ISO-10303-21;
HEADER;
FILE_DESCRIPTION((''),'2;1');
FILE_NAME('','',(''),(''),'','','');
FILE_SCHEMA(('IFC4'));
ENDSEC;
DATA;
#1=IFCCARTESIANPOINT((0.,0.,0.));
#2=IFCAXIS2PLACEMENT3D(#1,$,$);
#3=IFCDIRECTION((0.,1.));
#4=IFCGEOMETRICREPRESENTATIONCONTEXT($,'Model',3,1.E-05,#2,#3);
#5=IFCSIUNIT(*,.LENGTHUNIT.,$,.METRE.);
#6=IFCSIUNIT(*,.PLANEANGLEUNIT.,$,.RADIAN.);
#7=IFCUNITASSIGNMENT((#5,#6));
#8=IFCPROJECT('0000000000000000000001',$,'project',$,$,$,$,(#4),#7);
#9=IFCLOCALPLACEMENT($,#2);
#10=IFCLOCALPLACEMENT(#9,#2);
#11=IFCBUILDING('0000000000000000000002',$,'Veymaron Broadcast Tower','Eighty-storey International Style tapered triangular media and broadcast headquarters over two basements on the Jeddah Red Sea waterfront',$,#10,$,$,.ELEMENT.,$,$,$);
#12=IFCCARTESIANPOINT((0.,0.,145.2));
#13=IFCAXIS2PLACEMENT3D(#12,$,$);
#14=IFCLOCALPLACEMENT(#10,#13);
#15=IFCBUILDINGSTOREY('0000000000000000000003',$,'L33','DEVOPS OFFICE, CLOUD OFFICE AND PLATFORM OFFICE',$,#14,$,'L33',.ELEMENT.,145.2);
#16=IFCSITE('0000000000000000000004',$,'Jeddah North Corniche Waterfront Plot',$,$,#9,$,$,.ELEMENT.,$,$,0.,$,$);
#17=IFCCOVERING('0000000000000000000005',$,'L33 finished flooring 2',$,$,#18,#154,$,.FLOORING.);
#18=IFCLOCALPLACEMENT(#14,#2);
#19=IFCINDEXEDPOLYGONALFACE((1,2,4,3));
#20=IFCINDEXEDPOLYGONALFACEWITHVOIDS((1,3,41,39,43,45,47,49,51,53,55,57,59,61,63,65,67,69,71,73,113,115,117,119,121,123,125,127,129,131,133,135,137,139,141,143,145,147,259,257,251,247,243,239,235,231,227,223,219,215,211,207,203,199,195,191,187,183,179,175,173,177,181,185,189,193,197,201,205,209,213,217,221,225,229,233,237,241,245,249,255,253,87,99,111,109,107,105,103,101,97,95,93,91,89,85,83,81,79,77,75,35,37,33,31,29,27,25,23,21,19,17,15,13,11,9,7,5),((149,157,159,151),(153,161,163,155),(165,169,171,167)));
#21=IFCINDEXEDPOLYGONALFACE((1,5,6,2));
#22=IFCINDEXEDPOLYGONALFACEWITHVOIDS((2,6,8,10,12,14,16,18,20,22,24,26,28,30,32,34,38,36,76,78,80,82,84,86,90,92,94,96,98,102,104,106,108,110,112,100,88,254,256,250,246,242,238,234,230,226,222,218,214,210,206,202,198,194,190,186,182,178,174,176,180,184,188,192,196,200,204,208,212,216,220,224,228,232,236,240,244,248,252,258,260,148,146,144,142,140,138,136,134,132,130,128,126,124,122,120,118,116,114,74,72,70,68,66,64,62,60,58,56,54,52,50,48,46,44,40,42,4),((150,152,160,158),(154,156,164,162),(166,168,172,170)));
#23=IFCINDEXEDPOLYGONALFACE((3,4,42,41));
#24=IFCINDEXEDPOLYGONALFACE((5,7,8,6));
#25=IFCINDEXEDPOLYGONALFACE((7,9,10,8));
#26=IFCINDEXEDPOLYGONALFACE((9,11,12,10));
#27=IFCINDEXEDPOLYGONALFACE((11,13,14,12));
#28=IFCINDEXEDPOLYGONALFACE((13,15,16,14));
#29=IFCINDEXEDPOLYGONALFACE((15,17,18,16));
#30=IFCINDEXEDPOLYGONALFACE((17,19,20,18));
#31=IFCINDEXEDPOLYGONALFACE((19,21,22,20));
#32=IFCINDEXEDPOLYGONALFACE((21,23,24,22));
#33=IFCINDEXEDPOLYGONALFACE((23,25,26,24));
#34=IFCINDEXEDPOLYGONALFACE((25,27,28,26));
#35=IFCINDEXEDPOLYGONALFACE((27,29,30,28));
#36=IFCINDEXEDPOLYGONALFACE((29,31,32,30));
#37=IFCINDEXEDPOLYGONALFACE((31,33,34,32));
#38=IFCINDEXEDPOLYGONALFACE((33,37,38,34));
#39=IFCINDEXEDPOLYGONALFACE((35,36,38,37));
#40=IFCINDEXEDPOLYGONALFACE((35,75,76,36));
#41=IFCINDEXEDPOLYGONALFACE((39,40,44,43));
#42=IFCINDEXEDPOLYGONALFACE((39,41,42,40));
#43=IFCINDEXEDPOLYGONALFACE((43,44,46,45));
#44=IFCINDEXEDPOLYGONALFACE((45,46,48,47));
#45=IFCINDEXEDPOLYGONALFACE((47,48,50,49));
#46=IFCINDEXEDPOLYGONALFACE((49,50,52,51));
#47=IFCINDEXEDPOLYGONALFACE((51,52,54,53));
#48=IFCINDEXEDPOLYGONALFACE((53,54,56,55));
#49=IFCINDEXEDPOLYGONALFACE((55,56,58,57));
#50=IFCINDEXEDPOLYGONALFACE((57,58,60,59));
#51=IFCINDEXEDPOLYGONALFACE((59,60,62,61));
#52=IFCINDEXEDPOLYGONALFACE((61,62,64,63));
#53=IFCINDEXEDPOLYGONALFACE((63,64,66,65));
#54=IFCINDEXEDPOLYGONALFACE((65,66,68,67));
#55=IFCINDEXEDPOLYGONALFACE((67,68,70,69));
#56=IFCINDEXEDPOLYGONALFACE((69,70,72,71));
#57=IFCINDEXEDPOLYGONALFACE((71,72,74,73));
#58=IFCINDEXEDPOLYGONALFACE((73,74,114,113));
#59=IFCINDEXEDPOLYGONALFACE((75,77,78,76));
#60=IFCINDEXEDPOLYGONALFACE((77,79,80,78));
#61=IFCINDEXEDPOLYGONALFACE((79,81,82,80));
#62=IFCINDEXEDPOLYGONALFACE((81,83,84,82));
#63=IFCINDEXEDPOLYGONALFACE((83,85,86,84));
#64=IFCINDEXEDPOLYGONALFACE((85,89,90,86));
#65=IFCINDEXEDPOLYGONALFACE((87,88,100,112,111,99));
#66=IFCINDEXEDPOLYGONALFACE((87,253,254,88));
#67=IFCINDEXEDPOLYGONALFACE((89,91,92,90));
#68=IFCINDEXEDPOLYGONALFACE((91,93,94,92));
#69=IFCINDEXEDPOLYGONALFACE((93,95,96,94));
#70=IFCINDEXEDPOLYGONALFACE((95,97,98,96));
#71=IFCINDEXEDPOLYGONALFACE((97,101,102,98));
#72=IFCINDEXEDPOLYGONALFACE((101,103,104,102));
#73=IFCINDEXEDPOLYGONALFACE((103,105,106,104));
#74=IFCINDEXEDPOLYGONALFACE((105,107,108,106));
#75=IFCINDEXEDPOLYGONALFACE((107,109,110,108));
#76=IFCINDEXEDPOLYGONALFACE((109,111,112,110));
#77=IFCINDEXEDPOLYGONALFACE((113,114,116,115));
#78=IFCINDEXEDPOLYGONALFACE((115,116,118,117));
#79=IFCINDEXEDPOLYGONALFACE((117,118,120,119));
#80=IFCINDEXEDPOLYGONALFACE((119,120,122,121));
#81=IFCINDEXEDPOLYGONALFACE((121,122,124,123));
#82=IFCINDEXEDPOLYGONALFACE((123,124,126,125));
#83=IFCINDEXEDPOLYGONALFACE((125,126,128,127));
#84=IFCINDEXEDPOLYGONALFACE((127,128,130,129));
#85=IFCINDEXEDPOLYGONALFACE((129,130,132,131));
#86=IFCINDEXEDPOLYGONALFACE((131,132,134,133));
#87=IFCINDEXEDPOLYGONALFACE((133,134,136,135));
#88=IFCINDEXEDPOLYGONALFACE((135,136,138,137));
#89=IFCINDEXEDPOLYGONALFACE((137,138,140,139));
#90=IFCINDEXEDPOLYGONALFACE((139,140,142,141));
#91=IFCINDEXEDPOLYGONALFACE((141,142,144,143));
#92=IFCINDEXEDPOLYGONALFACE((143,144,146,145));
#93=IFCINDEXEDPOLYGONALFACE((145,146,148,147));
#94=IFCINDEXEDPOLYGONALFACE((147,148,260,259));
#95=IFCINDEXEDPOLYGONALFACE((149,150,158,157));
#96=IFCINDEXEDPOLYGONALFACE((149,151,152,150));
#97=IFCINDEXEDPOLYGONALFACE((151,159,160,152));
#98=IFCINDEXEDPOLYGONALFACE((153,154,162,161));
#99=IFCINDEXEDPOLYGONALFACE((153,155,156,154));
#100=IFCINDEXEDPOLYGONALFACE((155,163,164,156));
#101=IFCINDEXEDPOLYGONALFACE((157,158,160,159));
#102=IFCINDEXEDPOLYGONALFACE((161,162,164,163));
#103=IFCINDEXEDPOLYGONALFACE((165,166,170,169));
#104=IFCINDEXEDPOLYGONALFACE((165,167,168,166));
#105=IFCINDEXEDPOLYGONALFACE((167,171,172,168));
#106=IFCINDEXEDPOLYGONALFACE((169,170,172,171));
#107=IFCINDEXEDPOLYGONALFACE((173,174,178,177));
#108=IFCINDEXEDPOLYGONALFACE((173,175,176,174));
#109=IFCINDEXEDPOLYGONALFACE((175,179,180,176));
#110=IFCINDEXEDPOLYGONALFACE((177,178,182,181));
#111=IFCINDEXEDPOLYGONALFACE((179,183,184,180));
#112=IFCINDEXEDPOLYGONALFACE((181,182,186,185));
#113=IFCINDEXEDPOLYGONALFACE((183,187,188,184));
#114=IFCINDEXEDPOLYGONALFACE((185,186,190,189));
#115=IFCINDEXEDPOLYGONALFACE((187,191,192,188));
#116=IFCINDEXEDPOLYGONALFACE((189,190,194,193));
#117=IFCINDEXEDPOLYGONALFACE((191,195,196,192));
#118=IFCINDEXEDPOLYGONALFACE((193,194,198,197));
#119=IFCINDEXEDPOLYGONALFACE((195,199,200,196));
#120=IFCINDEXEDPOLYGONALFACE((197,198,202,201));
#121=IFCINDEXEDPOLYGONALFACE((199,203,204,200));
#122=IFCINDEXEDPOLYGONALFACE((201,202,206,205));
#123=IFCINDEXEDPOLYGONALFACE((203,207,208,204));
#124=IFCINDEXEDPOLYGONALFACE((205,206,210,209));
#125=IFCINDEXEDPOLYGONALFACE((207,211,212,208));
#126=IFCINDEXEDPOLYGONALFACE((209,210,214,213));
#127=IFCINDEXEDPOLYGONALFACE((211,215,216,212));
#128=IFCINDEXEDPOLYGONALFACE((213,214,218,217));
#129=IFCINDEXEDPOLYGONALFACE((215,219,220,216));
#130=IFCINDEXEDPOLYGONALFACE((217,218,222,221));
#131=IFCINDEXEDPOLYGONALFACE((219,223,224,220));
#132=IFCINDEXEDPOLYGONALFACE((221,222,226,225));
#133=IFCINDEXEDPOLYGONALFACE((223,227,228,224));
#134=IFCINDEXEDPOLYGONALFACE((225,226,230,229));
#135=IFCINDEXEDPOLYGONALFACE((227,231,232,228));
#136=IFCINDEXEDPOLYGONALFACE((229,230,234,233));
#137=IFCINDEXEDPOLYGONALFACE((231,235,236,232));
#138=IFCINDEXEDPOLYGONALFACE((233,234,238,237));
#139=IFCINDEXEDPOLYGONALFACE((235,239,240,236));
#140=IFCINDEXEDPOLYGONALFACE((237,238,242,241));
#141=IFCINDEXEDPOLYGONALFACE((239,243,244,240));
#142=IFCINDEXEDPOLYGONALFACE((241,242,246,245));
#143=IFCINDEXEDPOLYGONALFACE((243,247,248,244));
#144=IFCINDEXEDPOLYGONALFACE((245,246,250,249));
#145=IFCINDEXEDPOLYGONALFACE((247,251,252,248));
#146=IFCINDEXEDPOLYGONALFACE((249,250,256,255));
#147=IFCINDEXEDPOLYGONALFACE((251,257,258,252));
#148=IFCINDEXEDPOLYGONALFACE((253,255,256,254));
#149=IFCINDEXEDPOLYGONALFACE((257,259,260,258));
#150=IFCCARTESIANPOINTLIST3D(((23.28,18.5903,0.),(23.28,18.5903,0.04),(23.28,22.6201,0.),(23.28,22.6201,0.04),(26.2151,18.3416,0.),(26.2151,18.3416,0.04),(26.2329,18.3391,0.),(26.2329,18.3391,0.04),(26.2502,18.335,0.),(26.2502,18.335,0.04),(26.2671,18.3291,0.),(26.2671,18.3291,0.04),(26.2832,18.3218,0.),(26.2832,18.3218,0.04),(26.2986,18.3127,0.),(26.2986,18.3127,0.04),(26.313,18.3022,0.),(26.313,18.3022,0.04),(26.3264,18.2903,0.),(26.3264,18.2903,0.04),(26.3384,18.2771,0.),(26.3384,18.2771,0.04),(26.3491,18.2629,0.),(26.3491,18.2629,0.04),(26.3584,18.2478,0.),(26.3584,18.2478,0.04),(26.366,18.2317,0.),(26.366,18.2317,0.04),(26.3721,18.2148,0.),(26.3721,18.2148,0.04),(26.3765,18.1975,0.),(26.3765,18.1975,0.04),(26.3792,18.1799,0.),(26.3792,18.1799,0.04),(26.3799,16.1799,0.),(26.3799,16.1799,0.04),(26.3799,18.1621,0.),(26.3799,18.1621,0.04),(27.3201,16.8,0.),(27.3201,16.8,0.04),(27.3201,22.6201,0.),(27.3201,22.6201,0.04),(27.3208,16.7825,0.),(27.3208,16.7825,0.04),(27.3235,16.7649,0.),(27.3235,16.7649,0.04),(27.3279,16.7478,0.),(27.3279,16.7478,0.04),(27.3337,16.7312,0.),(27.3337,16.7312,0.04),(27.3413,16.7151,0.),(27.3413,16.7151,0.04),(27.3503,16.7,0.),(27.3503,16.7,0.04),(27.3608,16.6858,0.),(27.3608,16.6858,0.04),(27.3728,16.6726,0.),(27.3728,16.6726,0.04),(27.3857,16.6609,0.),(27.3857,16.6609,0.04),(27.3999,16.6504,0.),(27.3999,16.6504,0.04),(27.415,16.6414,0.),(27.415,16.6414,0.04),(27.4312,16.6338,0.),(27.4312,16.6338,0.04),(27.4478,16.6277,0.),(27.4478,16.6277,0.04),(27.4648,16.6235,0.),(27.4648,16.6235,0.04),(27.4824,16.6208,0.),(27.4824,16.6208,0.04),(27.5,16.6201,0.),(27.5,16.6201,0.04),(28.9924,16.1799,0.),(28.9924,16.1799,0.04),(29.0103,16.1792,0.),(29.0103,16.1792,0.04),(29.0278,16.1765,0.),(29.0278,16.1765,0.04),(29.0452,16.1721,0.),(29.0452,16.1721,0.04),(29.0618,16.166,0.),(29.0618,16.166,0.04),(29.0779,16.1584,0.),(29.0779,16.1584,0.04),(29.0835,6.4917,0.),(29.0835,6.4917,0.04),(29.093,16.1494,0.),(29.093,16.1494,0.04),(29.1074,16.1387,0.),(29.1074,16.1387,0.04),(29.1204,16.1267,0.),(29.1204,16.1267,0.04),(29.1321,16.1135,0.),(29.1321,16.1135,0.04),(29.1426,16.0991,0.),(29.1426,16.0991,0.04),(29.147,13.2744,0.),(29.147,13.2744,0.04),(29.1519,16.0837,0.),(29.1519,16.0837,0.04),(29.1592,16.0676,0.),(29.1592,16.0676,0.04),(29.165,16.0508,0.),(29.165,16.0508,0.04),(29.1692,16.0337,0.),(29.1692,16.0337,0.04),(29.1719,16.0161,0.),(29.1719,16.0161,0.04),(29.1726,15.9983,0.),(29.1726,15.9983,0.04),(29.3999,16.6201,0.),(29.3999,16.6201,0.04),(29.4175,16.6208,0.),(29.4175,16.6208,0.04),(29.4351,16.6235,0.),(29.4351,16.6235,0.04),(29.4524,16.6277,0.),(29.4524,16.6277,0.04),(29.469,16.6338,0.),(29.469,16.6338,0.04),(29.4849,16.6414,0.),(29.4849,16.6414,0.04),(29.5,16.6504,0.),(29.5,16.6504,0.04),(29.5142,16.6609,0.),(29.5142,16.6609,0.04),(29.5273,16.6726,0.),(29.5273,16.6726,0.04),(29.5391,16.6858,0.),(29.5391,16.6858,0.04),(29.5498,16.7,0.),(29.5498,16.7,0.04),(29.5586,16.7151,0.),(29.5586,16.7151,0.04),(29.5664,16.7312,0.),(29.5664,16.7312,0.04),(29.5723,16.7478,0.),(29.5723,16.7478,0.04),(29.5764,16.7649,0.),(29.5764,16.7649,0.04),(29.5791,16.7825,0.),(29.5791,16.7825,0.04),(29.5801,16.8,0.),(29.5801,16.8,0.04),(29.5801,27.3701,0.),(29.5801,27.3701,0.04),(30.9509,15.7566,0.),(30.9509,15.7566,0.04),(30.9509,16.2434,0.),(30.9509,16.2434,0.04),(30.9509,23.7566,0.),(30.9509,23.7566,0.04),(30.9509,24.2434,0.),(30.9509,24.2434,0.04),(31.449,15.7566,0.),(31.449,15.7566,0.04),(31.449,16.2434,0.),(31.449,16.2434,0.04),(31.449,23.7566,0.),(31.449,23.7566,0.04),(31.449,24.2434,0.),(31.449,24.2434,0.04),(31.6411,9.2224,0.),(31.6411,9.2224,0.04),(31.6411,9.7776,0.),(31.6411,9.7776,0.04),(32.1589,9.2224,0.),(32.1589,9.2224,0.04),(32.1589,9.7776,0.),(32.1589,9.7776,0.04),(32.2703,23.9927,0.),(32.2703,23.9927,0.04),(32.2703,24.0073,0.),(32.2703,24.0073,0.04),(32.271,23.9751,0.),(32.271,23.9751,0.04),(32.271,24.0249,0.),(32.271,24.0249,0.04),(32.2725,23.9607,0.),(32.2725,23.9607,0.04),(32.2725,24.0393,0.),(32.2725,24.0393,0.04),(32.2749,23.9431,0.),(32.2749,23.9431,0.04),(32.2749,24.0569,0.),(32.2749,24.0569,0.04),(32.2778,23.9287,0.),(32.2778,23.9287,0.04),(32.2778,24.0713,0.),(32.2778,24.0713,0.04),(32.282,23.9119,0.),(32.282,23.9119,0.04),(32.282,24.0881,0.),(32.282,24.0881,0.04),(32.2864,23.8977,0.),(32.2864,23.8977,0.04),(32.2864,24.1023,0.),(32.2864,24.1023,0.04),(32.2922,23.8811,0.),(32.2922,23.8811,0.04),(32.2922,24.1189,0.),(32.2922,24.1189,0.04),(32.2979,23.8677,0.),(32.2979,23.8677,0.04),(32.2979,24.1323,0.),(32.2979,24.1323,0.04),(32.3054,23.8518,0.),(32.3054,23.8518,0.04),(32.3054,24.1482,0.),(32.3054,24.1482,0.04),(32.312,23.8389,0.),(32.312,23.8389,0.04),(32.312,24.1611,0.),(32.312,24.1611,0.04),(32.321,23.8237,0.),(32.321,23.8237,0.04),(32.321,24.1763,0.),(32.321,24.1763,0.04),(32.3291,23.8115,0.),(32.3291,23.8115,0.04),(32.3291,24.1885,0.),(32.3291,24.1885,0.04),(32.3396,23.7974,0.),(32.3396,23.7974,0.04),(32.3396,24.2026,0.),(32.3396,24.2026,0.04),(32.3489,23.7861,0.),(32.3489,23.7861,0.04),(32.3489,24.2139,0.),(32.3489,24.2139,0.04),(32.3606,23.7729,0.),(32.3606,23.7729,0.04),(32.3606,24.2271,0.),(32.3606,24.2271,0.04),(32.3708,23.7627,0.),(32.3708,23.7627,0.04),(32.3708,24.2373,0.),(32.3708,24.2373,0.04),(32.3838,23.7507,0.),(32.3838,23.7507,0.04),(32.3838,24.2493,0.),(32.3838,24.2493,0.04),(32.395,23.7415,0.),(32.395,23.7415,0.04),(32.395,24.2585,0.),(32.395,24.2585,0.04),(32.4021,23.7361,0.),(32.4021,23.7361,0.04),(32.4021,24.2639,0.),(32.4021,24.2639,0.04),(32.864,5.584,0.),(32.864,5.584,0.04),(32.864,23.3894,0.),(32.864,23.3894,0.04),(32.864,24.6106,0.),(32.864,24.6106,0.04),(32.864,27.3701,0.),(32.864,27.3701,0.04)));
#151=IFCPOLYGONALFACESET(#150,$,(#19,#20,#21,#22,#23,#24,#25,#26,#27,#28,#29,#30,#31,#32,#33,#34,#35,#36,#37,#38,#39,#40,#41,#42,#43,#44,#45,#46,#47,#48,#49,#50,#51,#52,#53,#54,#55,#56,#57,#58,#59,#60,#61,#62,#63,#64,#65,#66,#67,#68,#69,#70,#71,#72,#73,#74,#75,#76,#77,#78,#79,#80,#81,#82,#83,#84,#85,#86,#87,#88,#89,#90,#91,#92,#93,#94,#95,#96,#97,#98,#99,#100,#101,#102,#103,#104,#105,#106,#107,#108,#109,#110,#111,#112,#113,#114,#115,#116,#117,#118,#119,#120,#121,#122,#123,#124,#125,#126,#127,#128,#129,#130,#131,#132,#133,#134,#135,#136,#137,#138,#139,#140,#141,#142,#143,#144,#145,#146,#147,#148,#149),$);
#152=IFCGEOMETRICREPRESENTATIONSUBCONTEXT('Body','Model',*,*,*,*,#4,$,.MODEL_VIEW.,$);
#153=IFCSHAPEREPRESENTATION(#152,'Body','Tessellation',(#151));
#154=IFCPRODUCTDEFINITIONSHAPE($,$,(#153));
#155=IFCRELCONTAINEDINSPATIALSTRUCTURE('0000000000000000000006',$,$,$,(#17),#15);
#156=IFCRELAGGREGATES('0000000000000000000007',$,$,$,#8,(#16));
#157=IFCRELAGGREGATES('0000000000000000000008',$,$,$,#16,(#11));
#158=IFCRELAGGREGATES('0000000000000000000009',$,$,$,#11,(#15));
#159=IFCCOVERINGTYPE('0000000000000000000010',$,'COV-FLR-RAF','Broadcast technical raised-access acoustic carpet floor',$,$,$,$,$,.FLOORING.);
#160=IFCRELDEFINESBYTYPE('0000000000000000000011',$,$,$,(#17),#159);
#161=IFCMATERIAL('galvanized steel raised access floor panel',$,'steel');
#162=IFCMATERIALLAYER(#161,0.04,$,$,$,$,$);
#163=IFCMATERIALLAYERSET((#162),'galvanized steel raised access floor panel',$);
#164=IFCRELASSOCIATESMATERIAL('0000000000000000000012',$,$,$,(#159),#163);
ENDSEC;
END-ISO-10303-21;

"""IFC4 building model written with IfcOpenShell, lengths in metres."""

from ifc_helpers import new_model, si_unit, direction, frame, origin, place, context, subcontext, project, spatial, polyline, outline, extrude, material, layer, layer_set, type_object, element, save


model = new_model("IFC4")

# Units and contexts
model_context = context("Model", 3, precision=1e-05, world=origin(), true_north=direction((0.0, 1.0)))
body_context = subcontext(model_context, "Body", "Model", "MODEL_VIEW")
ifc_project = project(units=[si_unit("LENGTHUNIT", "METRE"), si_unit("PLANEANGLEUNIT", "RADIAN")], contexts=[model_context])

# Site, building, storey
site_placement = place(None, origin())
site = spatial("IfcSite", under=ifc_project, at=site_placement, Name="Jeddah North Corniche Waterfront Plot", CompositionType="ELEMENT", RefElevation=0.0)
building_placement = place(site_placement, origin())
building = spatial("IfcBuilding", under=site, at=building_placement, Name="Veymaron Broadcast Tower", Description="Eighty-storey International Style tapered triangular media and broadcast headquarters over two basements on the Jeddah Red Sea waterfront", CompositionType="ELEMENT")
storey_placement = place(building_placement, frame((0.0, 0.0, 145.2)))
storey = spatial("IfcBuildingStorey", under=building, at=storey_placement, Name="L33", Description="DEVOPS OFFICE, CLOUD OFFICE AND PLATFORM OFFICE", LongName="L33", CompositionType="ELEMENT", Elevation=145.2)

# Covering
ifc_material_1 = material(Name="galvanized steel raised access floor panel", Category="steel")
ifc_layer_1 = layer(ifc_material_1, 0.04)
ifc_layer_set_1 = layer_set([ifc_layer_1], Name="galvanized steel raised access floor panel")
covering_type_1 = type_object("IfcCoveringType", Name="COV-FLR-RAF", Description="Broadcast technical raised-access acoustic carpet floor", PredefinedType="FLOORING", material=ifc_layer_set_1)
covering_1_placement = place(storey_placement, origin())
element("IfcCovering", 1, at=covering_1_placement, inside=storey, type_object=covering_type_1, Name="L33 finished flooring 2", PredefinedType="FLOORING", context=body_context, shape_type="SweptSolid", body=[
    extrude(outline(polyline([(27.4312, 16.6338), (27.4478, 16.6277), (27.4648, 16.6235), (27.4824, 16.6208), (27.5, 16.6201), (29.3999, 16.6201), (29.4175, 16.6208), (29.4351, 16.6235), (29.4524, 16.6277), (29.469, 16.6338), (29.4849, 16.6414), (29.5, 16.6504), (29.5142, 16.6609), (29.5273, 16.6726), (29.5391, 16.6858), (29.5498, 16.7), (29.5586, 16.7151), (29.5664, 16.7312), (29.5723, 16.7478), (29.5764, 16.7649), (29.5791, 16.7825), (29.5801, 16.8), (29.5801, 27.3701), (32.864, 27.3701), (32.864, 24.6106), (32.4021, 24.2639), (32.395, 24.2585), (32.3838, 24.2493), (32.3708, 24.2373), (32.3606, 24.2271), (32.3489, 24.2139), (32.3396, 24.2026), (32.3291, 24.1885), (32.321, 24.1763), (32.312, 24.1611), (32.3054, 24.1482), (32.2979, 24.1323), (32.2922, 24.1189), (32.2864, 24.1023), (32.282, 24.0881), (32.2778, 24.0713), (32.2749, 24.0569), (32.2725, 24.0393), (32.271, 24.0249), (32.2703, 24.0073), (32.2703, 23.9927), (32.271, 23.9751), (32.2725, 23.9607), (32.2749, 23.9431), (32.2778, 23.9287), (32.282, 23.9119), (32.2864, 23.8977), (32.2922, 23.8811), (32.2979, 23.8677), (32.3054, 23.8518), (32.312, 23.8389), (32.321, 23.8237), (32.3291, 23.8115), (32.3396, 23.7974), (32.3489, 23.7861), (32.3606, 23.7729), (32.3708, 23.7627), (32.3838, 23.7507), (32.395, 23.7415), (32.4021, 23.7361), (32.864, 23.3894), (32.864, 5.584), (29.0835, 6.4917), (29.147, 13.2744), (29.1726, 15.9983), (29.1719, 16.0161), (29.1692, 16.0337), (29.165, 16.0508), (29.1592, 16.0676), (29.1519, 16.0837), (29.1426, 16.0991), (29.1321, 16.1135), (29.1204, 16.1267), (29.1074, 16.1387), (29.093, 16.1494), (29.0779, 16.1584), (29.0618, 16.166), (29.0452, 16.1721), (29.0278, 16.1765), (29.0103, 16.1792), (28.9924, 16.1799), (26.3799, 16.1799), (26.3799, 18.1621), (26.3792, 18.1799), (26.3765, 18.1975), (26.3721, 18.2148), (26.366, 18.2317), (26.3584, 18.2478), (26.3491, 18.2629), (26.3384, 18.2771), (26.3264, 18.2903), (26.313, 18.3022), (26.2986, 18.3127), (26.2832, 18.3218), (26.2671, 18.3291), (26.2502, 18.335), (26.2329, 18.3391), (26.2151, 18.3416), (23.28, 18.5903), (23.28, 22.6201), (27.3201, 22.6201), (27.3201, 16.8), (27.3208, 16.7825), (27.3235, 16.7649), (27.3279, 16.7478), (27.3337, 16.7312), (27.3413, 16.7151), (27.3503, 16.7), (27.3608, 16.6858), (27.3728, 16.6726), (27.3857, 16.6609), (27.3999, 16.6504), (27.415, 16.6414), (27.4312, 16.6338)]), holes=[polyline([(31.6411, 9.7776), (31.6411, 9.2224), (32.1589, 9.2224), (32.1589, 9.7776), (31.6411, 9.7776)]), polyline([(30.9509, 16.2434), (30.9509, 15.7566), (31.449, 15.7566), (31.449, 16.2434), (30.9509, 16.2434)]), polyline([(31.449, 24.2434), (30.9509, 24.2434), (30.9509, 23.7566), (31.449, 23.7566), (31.449, 24.2434)])]), origin(), (0.0, 0.0, 1.0), 0.04),
])

save(model, "model.ifc")
